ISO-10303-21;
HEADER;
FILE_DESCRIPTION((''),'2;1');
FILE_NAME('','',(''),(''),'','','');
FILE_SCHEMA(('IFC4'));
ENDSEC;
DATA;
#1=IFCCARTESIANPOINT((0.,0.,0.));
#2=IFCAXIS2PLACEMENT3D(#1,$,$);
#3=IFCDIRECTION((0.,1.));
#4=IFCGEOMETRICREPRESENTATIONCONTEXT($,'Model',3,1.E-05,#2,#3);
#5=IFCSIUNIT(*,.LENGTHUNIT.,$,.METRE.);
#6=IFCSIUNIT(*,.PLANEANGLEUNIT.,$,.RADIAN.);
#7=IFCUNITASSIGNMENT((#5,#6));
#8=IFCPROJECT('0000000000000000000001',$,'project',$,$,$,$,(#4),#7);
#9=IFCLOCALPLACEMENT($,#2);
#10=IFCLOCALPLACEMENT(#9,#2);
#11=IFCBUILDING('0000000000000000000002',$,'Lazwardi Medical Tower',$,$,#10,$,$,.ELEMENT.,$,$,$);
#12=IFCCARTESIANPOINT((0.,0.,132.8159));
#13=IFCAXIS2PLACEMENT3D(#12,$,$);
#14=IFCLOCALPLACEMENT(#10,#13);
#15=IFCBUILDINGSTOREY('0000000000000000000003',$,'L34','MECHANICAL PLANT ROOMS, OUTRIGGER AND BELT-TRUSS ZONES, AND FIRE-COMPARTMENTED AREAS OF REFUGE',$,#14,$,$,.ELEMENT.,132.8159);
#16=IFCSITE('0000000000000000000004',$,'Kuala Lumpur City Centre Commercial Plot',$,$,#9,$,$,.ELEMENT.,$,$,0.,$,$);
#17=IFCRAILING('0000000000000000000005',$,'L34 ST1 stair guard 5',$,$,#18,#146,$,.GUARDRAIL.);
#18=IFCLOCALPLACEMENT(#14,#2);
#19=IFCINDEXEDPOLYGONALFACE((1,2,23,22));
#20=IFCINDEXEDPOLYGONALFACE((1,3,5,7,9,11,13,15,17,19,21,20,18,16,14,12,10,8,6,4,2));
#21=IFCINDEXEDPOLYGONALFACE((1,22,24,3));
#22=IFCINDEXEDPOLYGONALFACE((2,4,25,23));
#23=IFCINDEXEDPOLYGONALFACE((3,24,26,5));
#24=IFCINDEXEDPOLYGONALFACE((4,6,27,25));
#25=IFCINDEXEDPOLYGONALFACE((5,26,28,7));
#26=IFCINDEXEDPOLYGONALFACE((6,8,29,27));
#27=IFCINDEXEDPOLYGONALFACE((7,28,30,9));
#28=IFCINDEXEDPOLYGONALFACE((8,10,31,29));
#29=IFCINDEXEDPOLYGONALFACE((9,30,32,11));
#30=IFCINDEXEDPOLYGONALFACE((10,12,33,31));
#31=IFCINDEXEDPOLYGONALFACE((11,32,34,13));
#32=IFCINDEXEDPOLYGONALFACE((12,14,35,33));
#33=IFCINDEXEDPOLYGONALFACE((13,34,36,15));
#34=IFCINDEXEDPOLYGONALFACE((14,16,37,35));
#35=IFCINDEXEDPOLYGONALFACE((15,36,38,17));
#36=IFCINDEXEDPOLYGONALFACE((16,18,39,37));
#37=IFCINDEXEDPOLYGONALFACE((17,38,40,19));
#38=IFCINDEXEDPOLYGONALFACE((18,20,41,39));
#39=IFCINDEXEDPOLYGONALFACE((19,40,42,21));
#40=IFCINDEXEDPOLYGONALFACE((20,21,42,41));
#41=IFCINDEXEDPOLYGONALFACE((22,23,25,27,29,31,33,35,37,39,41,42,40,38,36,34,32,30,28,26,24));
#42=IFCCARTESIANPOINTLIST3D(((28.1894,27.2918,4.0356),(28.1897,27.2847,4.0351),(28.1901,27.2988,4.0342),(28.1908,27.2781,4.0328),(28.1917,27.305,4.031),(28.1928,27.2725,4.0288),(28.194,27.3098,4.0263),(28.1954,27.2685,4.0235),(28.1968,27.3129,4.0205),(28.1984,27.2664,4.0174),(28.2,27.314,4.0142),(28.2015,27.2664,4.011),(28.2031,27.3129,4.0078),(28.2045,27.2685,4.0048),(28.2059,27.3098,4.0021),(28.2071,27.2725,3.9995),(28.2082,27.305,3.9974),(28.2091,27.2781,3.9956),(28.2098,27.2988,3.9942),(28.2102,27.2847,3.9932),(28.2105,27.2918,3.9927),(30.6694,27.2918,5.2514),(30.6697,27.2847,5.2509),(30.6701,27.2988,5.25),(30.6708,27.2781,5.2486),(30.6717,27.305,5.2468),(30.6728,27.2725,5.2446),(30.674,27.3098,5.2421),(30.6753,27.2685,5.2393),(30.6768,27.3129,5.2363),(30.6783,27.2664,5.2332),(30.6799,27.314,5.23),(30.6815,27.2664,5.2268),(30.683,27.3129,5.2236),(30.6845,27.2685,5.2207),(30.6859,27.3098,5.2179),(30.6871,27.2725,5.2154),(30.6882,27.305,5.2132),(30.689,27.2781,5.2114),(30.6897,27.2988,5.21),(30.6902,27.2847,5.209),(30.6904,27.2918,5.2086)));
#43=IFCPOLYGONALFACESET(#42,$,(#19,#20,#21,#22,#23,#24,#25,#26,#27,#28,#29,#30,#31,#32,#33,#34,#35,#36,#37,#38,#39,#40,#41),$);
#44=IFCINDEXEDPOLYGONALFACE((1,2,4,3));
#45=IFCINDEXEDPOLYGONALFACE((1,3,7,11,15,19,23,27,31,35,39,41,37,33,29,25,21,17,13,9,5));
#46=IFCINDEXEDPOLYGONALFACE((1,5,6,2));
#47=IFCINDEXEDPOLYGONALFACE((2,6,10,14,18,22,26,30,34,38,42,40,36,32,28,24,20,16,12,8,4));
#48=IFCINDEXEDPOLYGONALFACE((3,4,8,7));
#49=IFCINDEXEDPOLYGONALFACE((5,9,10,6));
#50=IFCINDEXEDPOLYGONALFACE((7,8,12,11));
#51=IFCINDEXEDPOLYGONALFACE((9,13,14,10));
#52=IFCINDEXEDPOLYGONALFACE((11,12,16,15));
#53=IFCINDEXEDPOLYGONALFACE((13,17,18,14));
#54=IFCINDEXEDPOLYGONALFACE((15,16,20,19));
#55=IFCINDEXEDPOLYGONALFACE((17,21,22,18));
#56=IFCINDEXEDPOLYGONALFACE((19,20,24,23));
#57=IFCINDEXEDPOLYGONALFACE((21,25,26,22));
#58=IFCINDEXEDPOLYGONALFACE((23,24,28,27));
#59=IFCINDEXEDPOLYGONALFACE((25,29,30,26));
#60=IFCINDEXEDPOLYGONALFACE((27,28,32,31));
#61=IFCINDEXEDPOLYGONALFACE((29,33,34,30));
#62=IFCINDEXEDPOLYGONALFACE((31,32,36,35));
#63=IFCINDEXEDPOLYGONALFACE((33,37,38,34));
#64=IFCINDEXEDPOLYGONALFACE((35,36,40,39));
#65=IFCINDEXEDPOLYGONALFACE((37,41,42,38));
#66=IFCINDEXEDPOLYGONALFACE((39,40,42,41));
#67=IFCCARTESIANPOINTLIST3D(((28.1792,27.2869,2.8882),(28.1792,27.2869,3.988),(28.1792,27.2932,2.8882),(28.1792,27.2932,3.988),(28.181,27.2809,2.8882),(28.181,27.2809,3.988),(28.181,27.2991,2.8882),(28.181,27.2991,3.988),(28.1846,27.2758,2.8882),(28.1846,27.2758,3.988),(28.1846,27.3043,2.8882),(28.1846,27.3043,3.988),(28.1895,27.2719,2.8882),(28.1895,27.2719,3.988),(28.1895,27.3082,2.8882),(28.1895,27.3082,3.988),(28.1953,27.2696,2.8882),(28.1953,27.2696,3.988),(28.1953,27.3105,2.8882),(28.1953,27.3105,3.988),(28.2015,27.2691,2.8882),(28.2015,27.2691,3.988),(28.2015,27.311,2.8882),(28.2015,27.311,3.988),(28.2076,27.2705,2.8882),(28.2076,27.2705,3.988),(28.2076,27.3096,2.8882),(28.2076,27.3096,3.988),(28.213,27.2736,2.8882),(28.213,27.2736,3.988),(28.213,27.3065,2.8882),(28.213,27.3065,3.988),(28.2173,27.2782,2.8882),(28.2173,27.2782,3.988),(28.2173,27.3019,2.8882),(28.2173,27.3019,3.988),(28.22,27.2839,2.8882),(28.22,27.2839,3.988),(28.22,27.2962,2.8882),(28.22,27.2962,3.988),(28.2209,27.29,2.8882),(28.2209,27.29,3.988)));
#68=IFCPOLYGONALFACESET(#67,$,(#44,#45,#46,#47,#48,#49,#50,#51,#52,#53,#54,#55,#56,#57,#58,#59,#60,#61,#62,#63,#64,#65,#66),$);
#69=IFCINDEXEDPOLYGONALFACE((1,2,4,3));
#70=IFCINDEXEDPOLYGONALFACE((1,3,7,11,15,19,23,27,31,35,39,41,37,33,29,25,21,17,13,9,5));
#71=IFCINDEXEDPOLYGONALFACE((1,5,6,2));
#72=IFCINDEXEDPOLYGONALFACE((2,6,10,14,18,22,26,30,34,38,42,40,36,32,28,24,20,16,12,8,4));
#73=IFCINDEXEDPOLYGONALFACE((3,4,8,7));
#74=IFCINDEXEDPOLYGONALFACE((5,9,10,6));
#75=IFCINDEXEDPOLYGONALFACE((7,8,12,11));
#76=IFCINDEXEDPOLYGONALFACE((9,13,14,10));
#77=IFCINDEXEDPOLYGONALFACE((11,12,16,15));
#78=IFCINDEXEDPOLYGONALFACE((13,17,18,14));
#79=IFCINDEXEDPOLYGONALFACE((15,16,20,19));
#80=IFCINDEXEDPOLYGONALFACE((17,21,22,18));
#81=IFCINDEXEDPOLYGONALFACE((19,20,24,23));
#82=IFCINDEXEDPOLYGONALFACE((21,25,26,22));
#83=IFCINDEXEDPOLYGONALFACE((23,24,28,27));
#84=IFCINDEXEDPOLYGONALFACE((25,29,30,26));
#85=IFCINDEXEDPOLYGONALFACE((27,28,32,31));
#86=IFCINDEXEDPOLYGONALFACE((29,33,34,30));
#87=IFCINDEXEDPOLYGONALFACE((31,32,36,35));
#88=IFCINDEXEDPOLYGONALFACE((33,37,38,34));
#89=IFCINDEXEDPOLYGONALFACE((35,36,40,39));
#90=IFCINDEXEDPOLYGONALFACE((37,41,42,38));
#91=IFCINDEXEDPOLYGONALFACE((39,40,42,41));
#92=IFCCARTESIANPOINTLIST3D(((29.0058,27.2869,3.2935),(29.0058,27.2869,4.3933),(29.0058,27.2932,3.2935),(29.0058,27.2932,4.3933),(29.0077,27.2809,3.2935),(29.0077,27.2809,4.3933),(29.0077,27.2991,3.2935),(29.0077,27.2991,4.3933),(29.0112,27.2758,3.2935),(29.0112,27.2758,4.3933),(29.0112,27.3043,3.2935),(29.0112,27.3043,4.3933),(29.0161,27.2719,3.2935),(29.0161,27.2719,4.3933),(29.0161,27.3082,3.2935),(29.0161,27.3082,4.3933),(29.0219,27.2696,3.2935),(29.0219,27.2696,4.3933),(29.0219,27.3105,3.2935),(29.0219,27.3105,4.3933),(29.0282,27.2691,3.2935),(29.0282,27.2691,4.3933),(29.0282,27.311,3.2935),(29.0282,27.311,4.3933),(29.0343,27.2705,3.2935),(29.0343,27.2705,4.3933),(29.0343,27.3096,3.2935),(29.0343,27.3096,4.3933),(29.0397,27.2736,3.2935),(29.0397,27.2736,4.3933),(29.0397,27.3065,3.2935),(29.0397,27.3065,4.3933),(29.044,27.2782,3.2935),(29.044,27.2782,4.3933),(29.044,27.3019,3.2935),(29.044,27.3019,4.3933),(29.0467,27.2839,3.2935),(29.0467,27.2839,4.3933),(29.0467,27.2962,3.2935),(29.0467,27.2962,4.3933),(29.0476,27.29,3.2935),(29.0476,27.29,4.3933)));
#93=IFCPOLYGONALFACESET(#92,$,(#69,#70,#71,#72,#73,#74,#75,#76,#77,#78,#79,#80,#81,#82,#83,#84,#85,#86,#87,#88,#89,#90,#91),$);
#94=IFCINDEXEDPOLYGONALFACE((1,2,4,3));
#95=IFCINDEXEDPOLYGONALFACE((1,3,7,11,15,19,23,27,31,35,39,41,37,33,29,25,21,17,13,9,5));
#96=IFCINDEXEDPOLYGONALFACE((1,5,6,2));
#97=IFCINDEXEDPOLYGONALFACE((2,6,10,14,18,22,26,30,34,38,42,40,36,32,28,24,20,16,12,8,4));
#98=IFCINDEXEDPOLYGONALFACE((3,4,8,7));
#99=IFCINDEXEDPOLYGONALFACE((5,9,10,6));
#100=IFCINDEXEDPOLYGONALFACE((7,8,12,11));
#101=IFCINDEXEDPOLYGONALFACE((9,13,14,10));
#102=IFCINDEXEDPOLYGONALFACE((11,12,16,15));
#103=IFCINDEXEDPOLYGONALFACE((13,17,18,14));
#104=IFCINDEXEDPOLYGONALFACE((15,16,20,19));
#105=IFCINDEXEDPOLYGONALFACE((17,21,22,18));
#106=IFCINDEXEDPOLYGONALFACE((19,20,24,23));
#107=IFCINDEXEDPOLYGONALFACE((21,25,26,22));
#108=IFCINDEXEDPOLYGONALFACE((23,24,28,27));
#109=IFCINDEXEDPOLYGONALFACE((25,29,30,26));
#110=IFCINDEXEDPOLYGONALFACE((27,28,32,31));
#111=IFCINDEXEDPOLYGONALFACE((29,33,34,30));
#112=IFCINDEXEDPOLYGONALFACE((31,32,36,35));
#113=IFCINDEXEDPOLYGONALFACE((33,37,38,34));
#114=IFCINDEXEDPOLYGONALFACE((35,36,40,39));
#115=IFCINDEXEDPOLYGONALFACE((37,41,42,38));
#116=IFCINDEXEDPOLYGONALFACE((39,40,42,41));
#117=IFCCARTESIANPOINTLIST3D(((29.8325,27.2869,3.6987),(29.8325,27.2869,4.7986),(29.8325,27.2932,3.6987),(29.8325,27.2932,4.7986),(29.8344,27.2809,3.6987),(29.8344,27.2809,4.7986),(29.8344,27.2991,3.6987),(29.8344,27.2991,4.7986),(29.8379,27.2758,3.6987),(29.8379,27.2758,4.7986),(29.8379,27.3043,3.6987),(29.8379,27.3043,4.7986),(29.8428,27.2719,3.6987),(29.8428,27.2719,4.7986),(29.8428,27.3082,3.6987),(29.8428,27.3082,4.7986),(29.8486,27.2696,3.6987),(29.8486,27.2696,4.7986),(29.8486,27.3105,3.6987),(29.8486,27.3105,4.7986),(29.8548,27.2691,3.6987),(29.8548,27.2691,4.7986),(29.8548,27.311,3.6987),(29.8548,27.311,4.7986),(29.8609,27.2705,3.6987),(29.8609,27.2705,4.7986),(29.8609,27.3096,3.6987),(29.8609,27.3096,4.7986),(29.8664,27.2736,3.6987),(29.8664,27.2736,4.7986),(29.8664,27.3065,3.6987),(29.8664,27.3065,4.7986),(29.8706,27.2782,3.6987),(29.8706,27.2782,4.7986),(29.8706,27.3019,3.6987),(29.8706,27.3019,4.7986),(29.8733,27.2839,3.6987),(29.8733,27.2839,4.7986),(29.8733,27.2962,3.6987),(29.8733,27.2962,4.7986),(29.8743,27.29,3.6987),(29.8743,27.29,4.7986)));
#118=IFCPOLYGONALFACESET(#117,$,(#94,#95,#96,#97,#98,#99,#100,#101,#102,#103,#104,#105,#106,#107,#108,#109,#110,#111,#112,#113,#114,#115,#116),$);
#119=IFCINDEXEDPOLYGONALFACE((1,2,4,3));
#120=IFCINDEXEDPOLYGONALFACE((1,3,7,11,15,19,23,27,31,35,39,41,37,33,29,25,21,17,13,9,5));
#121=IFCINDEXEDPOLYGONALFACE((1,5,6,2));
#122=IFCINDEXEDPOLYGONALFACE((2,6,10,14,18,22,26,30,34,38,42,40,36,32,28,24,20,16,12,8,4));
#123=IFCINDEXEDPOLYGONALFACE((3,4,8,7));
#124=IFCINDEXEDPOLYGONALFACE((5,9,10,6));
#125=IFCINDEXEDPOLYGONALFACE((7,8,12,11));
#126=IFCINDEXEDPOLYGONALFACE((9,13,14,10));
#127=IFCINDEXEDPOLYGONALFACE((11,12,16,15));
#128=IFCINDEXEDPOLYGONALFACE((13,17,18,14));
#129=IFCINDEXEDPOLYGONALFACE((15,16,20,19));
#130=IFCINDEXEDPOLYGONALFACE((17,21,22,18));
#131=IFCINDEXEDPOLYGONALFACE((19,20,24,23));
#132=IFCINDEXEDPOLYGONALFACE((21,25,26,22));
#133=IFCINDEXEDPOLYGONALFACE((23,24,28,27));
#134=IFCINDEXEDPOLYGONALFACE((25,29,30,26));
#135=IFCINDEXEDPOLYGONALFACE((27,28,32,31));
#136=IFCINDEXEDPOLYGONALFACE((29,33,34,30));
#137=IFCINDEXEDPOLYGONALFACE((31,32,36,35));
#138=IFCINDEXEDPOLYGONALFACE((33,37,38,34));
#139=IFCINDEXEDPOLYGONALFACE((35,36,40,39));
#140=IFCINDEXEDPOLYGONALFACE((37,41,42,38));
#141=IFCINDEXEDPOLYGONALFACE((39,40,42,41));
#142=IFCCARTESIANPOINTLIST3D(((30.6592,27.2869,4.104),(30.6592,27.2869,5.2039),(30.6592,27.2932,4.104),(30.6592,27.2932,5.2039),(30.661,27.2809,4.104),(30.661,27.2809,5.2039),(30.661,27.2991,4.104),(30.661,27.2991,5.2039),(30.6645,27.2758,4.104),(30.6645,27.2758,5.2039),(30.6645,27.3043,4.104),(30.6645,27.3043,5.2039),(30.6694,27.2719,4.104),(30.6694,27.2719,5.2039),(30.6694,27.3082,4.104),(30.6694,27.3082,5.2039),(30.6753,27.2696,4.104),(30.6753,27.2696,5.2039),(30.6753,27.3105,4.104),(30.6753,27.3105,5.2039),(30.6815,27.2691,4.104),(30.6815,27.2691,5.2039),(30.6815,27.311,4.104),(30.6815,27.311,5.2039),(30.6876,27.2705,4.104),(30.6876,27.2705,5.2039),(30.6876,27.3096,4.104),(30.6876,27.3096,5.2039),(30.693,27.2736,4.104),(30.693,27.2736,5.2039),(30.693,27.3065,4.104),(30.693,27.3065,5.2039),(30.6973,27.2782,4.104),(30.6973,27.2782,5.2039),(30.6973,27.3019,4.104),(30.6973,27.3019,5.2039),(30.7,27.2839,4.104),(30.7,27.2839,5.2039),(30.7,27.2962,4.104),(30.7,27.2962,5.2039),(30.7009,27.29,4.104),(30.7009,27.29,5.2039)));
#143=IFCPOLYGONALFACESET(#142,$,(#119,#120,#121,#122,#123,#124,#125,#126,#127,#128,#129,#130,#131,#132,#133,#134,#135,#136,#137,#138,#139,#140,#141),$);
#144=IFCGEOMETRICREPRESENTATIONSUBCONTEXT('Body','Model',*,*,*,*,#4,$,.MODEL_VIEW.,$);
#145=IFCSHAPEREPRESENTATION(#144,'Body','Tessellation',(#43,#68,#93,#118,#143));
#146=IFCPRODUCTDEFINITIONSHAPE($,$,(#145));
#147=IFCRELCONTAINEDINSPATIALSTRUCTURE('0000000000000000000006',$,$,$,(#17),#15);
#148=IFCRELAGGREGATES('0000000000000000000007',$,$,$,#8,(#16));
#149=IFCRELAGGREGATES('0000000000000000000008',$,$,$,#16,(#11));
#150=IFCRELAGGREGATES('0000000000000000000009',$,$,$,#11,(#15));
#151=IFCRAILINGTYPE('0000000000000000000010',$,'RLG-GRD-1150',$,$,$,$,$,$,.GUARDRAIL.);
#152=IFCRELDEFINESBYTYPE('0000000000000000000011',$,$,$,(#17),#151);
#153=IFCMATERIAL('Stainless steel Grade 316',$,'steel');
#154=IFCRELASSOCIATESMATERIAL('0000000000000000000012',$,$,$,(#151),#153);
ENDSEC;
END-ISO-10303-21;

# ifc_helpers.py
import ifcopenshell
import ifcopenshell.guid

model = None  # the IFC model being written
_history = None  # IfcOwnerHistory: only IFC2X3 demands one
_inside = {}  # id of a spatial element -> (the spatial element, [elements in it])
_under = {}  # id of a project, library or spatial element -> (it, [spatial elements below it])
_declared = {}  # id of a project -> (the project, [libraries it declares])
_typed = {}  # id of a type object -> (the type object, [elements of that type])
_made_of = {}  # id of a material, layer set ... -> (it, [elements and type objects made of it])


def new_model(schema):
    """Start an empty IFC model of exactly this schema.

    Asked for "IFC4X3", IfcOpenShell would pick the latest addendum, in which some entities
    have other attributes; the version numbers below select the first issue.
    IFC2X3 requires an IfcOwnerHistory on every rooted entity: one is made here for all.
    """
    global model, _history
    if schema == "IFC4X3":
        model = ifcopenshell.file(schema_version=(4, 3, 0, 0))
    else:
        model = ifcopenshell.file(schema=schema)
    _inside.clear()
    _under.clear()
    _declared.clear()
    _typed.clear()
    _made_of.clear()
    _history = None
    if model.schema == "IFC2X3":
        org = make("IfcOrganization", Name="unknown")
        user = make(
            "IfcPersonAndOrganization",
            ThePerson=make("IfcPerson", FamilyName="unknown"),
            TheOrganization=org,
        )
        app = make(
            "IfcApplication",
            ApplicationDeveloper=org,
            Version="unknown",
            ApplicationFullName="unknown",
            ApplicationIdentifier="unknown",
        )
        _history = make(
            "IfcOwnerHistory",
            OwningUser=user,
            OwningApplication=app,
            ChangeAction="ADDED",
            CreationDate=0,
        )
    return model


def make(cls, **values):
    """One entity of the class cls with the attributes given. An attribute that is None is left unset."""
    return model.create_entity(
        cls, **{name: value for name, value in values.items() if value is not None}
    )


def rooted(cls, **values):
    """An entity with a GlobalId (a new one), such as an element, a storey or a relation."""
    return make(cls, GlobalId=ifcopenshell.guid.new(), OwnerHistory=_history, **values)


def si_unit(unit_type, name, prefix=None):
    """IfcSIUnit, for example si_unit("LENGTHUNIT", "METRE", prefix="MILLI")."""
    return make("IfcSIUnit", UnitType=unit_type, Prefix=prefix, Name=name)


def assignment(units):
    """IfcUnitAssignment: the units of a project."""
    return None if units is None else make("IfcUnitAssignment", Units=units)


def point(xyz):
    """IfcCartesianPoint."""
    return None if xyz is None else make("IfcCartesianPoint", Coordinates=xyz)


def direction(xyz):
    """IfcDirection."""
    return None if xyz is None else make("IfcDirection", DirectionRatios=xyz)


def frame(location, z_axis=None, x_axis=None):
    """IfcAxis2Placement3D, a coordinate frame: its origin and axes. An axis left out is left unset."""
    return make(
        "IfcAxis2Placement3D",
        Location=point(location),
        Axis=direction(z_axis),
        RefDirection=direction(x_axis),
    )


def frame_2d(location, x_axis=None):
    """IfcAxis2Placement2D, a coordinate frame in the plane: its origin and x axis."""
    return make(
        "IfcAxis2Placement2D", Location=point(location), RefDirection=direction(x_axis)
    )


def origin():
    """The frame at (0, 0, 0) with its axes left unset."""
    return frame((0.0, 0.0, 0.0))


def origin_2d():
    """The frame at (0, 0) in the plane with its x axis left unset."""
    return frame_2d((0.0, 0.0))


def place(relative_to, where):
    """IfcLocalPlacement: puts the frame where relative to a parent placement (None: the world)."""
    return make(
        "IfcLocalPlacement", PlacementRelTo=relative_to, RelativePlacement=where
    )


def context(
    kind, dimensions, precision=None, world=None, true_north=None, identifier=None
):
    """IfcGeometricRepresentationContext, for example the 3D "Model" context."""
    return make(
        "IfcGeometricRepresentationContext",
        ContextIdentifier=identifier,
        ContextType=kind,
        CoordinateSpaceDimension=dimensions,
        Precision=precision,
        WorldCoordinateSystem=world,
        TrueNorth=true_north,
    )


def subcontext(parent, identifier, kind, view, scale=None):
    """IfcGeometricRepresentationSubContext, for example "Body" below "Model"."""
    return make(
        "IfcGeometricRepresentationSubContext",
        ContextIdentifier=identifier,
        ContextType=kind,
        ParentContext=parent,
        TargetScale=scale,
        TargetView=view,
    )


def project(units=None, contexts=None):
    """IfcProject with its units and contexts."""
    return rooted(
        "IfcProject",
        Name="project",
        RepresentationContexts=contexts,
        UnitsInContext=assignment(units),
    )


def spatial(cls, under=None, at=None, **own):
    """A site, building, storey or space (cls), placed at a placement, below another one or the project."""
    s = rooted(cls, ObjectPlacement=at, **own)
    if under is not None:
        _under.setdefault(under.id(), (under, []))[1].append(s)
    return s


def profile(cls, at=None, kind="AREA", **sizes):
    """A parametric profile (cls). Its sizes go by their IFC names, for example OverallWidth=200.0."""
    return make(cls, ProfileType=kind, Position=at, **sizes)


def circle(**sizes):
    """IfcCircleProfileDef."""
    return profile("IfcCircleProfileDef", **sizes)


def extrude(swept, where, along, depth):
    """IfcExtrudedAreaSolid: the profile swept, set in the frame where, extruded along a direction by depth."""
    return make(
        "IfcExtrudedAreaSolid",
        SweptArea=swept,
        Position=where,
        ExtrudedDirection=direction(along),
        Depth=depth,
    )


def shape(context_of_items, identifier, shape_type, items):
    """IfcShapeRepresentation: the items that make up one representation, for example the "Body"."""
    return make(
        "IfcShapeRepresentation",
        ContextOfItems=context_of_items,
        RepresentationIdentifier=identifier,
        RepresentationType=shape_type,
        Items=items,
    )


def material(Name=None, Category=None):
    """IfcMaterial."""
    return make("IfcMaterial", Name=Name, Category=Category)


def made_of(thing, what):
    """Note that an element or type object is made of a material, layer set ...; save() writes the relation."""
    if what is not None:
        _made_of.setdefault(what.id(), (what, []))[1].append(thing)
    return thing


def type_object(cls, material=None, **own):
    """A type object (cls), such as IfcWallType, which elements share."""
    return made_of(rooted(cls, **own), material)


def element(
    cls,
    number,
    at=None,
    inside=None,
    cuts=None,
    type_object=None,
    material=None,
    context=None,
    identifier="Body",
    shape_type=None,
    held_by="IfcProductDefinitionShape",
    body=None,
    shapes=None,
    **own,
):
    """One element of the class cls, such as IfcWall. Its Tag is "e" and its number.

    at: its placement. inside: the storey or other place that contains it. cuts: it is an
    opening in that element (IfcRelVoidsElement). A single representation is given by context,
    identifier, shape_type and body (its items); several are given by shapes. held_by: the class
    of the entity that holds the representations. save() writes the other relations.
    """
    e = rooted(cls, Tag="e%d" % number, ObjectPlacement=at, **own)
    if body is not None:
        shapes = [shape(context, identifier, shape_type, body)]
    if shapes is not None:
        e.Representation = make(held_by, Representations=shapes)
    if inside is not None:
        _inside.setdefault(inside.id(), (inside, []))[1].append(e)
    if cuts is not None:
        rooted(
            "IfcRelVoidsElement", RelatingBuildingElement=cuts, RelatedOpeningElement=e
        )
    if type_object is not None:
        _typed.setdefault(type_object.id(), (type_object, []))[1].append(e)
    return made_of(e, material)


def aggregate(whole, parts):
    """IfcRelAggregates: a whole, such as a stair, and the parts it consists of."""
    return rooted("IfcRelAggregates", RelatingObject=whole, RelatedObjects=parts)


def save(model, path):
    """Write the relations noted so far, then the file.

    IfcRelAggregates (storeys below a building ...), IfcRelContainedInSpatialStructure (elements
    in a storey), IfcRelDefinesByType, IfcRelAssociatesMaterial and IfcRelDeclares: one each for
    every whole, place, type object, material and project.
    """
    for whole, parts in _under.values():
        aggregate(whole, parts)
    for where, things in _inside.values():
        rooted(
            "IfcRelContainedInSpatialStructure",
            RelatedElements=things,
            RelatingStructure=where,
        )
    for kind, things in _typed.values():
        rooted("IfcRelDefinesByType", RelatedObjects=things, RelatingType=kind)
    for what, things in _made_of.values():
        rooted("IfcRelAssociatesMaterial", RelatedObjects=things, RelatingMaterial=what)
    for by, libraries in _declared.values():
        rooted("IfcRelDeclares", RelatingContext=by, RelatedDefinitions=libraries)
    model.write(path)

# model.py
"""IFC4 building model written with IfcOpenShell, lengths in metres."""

from ifc_helpers import new_model, si_unit, direction, frame, origin, origin_2d, place, context, subcontext, project, spatial, circle, extrude, material, type_object, element, save


model = new_model("IFC4")

# Units and contexts
model_context = context("Model", 3, precision=1e-05, world=origin(), true_north=direction((0.0, 1.0)))
body_context = subcontext(model_context, "Body", "Model", "MODEL_VIEW")
ifc_project = project(units=[si_unit("LENGTHUNIT", "METRE"), si_unit("PLANEANGLEUNIT", "RADIAN")], contexts=[model_context])

# Site, building, storey
site_placement = place(None, origin())
site = spatial("IfcSite", under=ifc_project, at=site_placement, Name="Kuala Lumpur City Centre Commercial Plot", CompositionType="ELEMENT", RefElevation=0.0)
building_placement = place(site_placement, origin())
building = spatial("IfcBuilding", under=site, at=building_placement, Name="Lazwardi Medical Tower", CompositionType="ELEMENT")
storey_placement = place(building_placement, frame((0.0, 0.0, 132.8159)))
storey = spatial("IfcBuildingStorey", under=building, at=storey_placement, Name="L34", Description="MECHANICAL PLANT ROOMS, OUTRIGGER AND BELT-TRUSS ZONES, AND FIRE-COMPARTMENTED AREAS OF REFUGE", CompositionType="ELEMENT", Elevation=132.8159)

# Railing
ifc_material_1 = material(Name="Stainless steel Grade 316", Category="steel")
railing_type_1 = type_object("IfcRailingType", Name="RLG-GRD-1150", PredefinedType="GUARDRAIL", material=ifc_material_1)
railing_1_placement = place(storey_placement, frame((28.2, 27.29, 2.8882)))
element("IfcRailing", 1, at=railing_1_placement, inside=storey, type_object=railing_type_1, Name="L34 ST1 stair guard 5", PredefinedType="GUARDRAIL", context=body_context, shape_type="SweptSolid", body=[
    extrude(circle(Radius=0.0239, at=origin_2d()), frame((0.0, 0.0, 1.126), z_axis=(0.8979, 0.0, 0.440199), x_axis=(0.0, 1.0, 0.0)), (0.0, 0.0, 1.0), 2.762),
    extrude(circle(Radius=0.021, at=origin_2d()), origin(), (0.0, 0.0, 1.0), 1.0999),
    extrude(circle(Radius=0.021, at=origin_2d()), frame((0.8267, 0.0, 0.4053)), (0.0, 0.0, 1.0), 1.0999),
    extrude(circle(Radius=0.021, at=origin_2d()), frame((1.6533, 0.0, 0.8105)), (0.0, 0.0, 1.0), 1.0999),
    extrude(circle(Radius=0.021, at=origin_2d()), frame((2.48, 0.0, 1.2158)), (0.0, 0.0, 1.0), 1.0999),
])

save(model, "model.ifc")
